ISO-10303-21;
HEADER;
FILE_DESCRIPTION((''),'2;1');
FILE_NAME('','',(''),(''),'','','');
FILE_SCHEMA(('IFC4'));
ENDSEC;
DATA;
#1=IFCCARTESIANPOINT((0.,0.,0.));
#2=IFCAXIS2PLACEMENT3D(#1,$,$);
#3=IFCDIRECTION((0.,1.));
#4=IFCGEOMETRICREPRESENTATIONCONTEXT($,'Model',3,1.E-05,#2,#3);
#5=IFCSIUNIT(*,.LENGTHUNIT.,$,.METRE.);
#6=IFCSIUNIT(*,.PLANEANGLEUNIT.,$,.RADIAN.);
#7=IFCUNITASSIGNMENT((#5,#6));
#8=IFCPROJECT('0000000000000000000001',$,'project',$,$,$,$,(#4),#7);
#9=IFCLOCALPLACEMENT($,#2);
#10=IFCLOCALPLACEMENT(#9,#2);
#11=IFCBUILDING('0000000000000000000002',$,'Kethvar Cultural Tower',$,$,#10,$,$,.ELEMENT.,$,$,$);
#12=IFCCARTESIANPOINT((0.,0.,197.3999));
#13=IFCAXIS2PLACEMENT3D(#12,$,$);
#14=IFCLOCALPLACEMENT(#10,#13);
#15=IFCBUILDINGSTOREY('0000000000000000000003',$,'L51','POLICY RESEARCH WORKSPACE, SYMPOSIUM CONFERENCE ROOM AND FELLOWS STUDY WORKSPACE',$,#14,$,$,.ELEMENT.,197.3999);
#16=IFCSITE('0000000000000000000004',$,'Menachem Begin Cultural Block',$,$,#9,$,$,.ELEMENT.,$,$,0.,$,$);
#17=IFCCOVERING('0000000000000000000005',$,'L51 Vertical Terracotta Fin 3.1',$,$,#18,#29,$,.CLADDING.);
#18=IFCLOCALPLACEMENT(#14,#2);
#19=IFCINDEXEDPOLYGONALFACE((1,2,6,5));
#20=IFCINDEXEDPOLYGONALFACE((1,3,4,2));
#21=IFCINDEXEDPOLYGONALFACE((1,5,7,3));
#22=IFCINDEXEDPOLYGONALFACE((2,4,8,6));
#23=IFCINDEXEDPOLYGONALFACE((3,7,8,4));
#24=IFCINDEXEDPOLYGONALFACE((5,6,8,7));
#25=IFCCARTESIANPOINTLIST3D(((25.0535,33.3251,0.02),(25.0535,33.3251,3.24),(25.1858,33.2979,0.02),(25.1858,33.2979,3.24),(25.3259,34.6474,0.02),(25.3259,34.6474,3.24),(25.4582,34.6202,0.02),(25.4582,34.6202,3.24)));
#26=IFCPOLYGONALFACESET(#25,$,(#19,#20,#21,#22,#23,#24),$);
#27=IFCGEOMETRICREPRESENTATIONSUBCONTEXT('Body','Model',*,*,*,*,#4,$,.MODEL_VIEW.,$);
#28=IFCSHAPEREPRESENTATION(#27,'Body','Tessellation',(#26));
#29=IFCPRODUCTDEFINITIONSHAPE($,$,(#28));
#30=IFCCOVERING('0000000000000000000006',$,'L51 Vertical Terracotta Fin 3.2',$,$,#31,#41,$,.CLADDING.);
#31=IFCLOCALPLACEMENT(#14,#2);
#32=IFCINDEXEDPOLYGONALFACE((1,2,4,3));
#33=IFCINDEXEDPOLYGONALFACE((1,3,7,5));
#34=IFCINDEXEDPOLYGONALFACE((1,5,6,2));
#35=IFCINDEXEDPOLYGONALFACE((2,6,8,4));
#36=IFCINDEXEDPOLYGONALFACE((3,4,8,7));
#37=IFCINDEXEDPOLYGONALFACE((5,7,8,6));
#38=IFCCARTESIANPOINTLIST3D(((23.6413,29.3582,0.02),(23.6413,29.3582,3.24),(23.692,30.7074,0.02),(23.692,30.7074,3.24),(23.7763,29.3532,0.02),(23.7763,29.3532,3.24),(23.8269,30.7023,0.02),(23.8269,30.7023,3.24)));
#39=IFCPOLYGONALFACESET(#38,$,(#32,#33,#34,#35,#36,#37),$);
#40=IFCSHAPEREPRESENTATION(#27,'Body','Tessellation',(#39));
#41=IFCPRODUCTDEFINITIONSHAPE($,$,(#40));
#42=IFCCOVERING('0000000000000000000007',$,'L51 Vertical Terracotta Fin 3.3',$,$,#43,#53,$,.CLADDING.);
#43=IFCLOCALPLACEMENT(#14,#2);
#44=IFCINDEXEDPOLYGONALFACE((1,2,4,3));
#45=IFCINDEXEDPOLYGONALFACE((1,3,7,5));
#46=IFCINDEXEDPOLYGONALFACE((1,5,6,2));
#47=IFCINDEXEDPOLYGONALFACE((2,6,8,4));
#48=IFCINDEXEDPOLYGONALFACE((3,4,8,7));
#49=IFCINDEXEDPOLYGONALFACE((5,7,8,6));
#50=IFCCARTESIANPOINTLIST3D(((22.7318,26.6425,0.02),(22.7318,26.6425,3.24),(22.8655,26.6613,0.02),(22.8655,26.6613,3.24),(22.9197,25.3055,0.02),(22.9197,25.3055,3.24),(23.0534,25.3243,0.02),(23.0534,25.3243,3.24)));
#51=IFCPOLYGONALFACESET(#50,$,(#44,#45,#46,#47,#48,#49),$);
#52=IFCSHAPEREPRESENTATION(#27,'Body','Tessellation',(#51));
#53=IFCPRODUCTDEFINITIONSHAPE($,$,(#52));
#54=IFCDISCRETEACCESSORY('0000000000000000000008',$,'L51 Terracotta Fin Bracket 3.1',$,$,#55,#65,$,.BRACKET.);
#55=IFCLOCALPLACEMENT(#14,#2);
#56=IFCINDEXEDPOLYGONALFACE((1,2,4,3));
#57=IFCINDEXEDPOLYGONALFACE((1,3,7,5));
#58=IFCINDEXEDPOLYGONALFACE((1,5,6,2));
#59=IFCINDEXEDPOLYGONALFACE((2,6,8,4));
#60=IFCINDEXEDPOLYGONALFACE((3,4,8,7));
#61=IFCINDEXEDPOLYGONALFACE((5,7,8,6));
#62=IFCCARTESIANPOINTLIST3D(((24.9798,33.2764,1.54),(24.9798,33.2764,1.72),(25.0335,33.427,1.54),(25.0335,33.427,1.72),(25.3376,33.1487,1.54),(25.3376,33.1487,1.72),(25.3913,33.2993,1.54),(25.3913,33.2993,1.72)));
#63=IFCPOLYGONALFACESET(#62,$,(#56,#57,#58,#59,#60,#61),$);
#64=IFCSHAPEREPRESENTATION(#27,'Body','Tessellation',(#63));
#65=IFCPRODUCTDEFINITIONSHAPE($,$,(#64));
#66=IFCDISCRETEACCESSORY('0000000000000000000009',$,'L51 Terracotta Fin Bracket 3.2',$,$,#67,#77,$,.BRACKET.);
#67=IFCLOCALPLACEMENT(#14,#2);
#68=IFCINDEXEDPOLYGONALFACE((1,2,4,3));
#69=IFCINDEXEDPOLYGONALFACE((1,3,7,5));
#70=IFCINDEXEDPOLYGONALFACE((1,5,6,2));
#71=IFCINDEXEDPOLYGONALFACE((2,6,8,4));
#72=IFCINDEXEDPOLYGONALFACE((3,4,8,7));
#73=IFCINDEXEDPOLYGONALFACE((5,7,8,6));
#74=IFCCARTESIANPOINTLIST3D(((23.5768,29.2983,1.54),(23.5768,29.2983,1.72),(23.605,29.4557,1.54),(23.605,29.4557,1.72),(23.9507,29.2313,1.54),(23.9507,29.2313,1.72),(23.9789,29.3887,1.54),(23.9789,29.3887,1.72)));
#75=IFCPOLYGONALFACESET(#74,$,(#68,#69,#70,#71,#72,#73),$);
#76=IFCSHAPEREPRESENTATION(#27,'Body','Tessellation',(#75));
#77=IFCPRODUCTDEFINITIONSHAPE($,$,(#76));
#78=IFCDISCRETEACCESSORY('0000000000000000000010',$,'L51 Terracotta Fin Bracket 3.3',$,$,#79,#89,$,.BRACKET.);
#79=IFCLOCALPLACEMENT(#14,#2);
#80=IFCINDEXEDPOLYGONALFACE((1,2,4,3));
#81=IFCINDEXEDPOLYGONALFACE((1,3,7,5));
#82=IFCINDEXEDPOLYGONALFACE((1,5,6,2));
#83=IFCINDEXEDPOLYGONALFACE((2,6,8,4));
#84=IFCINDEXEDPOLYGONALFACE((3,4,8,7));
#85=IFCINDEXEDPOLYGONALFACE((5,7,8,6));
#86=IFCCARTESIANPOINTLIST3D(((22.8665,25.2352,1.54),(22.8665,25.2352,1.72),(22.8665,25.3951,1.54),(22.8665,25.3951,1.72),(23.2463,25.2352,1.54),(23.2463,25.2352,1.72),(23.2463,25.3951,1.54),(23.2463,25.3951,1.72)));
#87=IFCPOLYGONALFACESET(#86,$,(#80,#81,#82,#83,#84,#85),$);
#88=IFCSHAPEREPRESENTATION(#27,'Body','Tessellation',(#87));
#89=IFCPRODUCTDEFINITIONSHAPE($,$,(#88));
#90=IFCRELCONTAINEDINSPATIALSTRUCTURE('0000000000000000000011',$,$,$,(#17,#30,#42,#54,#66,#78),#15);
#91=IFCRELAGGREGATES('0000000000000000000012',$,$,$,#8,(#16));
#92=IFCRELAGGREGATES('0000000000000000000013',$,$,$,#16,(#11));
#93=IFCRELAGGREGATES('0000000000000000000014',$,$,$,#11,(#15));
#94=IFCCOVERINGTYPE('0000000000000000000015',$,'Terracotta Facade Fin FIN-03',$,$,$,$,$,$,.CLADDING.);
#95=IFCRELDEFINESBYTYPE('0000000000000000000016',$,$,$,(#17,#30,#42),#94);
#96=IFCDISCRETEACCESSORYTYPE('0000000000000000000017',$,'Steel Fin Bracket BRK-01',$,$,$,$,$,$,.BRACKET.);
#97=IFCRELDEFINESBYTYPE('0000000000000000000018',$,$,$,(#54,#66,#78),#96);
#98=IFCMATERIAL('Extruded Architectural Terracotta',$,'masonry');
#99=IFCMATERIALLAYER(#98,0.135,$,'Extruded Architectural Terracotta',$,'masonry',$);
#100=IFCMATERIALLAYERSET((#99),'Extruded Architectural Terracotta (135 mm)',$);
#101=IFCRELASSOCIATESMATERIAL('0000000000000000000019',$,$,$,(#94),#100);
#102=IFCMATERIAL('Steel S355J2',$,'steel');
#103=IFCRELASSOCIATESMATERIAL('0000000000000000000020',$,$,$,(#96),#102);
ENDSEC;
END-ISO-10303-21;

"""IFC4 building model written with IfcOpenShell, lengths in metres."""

from ifc_helpers import new_model, si_unit, direction, frame, origin, origin_2d, place, context, subcontext, project, spatial, rectangle, extrude, source, transform, mapped, material, layer, layer_set, type_object, element, save


model = new_model("IFC4")

# Units and contexts
model_context = context("Model", 3, precision=1e-05, world=origin(), true_north=direction((0.0, 1.0)))
body_context = subcontext(model_context, "Body", "Model", "MODEL_VIEW")
ifc_project = project(units=[si_unit("LENGTHUNIT", "METRE"), si_unit("PLANEANGLEUNIT", "RADIAN")], contexts=[model_context])

# Site, building, storey
site_placement = place(None, origin())
site = spatial("IfcSite", under=ifc_project, at=site_placement, Name="Menachem Begin Cultural Block", CompositionType="ELEMENT", RefElevation=0.0)
building_placement = place(site_placement, origin())
building = spatial("IfcBuilding", under=site, at=building_placement, Name="Kethvar Cultural Tower", CompositionType="ELEMENT")
storey_placement = place(building_placement, frame((0.0, 0.0, 197.3999)))
storey = spatial("IfcBuildingStorey", under=building, at=storey_placement, Name="L51", Description="POLICY RESEARCH WORKSPACE, SYMPOSIUM CONFERENCE ROOM AND FELLOWS STUDY WORKSPACE", CompositionType="ELEMENT", Elevation=197.3999)

# Shared definitions
ifc_material_1 = material(Name="Steel S355J2", Category="steel")

# Coverings
ifc_material_2 = material(Name="Extruded Architectural Terracotta", Category="masonry")
ifc_layer_1 = layer(ifc_material_2, 0.135, Name="Extruded Architectural Terracotta", Category="masonry")
ifc_layer_set_1 = layer_set([ifc_layer_1], Name="Extruded Architectural Terracotta (135 mm)")
covering_type = type_object("IfcCoveringType", Name="Terracotta Facade Fin FIN-03", PredefinedType="CLADDING", material=ifc_layer_set_1)
shared_shape_1 = source(origin(), body_context, "Body", "SweptSolid", [
    extrude(rectangle(XDim=1.3501, YDim=0.135, at=origin_2d()), origin(), (0.0, 0.0, 1.0), 3.22),
])
for number, where, z_axis, x_axis, name in (
    (1, (25.2559, 33.9727, 0.02), (0.0, 0.0, 1.0), (0.201762, 0.979435, 0.0), "L51 Vertical Terracotta Fin 3.1"),
    (2, (23.7341, 30.0303, 0.02), (0.0, 0.0, 1.0), (0.037516, 0.999296, 0.0), "L51 Vertical Terracotta Fin 3.2"),
    (3, (22.8926, 25.9834, 0.02), (0.0, 0.0, 1.0), (-0.139173, 0.990268, 0.0), "L51 Vertical Terracotta Fin 3.3"),
):
    element("IfcCovering", number, at=place(storey_placement, frame(where, z_axis=z_axis, x_axis=x_axis)), inside=storey, type_object=covering_type, Name=name, PredefinedType="CLADDING", context=body_context, shape_type="MappedRepresentation", body=[
        mapped(shared_shape_1, transform((0.0, 0.0, 0.0), scale=1.0)),
    ])

# Discrete accessories
discrete_accessory_type = type_object("IfcDiscreteAccessoryType", Name="Steel Fin Bracket BRK-01", PredefinedType="BRACKET", material=ifc_material_1)
shared_shape_2 = source(origin(), body_context, "Body", "SweptSolid", [
    extrude(rectangle(XDim=0.3799, YDim=0.1599, at=origin_2d()), origin(), (0.0, 0.0, 1.0), 0.1799),
])
for number, where, z_axis, x_axis, name in (
    (4, (25.1855, 33.2878, 1.54), (0.0, 0.0, 1.0), (-0.941823, 0.336109, 0.0), "L51 Terracotta Fin Bracket 3.1"),
    (5, (23.7778, 29.3435, 1.54), (0.0, 0.0, 1.0), (-0.98435, 0.176226, 0.0), "L51 Terracotta Fin Bracket 3.2"),
    (6, (23.0564, 25.3152, 1.54), (0.0, 0.0, 1.0), (-1.0, 0.0, 0.0), "L51 Terracotta Fin Bracket 3.3"),
):
    element("IfcDiscreteAccessory", number, at=place(storey_placement, frame(where, z_axis=z_axis, x_axis=x_axis)), inside=storey, type_object=discrete_accessory_type, Name=name, PredefinedType="BRACKET", context=body_context, shape_type="MappedRepresentation", body=[
        mapped(shared_shape_2, transform((0.0, 0.0, 0.0), scale=1.0)),
    ])

save(model, "model.ifc")
